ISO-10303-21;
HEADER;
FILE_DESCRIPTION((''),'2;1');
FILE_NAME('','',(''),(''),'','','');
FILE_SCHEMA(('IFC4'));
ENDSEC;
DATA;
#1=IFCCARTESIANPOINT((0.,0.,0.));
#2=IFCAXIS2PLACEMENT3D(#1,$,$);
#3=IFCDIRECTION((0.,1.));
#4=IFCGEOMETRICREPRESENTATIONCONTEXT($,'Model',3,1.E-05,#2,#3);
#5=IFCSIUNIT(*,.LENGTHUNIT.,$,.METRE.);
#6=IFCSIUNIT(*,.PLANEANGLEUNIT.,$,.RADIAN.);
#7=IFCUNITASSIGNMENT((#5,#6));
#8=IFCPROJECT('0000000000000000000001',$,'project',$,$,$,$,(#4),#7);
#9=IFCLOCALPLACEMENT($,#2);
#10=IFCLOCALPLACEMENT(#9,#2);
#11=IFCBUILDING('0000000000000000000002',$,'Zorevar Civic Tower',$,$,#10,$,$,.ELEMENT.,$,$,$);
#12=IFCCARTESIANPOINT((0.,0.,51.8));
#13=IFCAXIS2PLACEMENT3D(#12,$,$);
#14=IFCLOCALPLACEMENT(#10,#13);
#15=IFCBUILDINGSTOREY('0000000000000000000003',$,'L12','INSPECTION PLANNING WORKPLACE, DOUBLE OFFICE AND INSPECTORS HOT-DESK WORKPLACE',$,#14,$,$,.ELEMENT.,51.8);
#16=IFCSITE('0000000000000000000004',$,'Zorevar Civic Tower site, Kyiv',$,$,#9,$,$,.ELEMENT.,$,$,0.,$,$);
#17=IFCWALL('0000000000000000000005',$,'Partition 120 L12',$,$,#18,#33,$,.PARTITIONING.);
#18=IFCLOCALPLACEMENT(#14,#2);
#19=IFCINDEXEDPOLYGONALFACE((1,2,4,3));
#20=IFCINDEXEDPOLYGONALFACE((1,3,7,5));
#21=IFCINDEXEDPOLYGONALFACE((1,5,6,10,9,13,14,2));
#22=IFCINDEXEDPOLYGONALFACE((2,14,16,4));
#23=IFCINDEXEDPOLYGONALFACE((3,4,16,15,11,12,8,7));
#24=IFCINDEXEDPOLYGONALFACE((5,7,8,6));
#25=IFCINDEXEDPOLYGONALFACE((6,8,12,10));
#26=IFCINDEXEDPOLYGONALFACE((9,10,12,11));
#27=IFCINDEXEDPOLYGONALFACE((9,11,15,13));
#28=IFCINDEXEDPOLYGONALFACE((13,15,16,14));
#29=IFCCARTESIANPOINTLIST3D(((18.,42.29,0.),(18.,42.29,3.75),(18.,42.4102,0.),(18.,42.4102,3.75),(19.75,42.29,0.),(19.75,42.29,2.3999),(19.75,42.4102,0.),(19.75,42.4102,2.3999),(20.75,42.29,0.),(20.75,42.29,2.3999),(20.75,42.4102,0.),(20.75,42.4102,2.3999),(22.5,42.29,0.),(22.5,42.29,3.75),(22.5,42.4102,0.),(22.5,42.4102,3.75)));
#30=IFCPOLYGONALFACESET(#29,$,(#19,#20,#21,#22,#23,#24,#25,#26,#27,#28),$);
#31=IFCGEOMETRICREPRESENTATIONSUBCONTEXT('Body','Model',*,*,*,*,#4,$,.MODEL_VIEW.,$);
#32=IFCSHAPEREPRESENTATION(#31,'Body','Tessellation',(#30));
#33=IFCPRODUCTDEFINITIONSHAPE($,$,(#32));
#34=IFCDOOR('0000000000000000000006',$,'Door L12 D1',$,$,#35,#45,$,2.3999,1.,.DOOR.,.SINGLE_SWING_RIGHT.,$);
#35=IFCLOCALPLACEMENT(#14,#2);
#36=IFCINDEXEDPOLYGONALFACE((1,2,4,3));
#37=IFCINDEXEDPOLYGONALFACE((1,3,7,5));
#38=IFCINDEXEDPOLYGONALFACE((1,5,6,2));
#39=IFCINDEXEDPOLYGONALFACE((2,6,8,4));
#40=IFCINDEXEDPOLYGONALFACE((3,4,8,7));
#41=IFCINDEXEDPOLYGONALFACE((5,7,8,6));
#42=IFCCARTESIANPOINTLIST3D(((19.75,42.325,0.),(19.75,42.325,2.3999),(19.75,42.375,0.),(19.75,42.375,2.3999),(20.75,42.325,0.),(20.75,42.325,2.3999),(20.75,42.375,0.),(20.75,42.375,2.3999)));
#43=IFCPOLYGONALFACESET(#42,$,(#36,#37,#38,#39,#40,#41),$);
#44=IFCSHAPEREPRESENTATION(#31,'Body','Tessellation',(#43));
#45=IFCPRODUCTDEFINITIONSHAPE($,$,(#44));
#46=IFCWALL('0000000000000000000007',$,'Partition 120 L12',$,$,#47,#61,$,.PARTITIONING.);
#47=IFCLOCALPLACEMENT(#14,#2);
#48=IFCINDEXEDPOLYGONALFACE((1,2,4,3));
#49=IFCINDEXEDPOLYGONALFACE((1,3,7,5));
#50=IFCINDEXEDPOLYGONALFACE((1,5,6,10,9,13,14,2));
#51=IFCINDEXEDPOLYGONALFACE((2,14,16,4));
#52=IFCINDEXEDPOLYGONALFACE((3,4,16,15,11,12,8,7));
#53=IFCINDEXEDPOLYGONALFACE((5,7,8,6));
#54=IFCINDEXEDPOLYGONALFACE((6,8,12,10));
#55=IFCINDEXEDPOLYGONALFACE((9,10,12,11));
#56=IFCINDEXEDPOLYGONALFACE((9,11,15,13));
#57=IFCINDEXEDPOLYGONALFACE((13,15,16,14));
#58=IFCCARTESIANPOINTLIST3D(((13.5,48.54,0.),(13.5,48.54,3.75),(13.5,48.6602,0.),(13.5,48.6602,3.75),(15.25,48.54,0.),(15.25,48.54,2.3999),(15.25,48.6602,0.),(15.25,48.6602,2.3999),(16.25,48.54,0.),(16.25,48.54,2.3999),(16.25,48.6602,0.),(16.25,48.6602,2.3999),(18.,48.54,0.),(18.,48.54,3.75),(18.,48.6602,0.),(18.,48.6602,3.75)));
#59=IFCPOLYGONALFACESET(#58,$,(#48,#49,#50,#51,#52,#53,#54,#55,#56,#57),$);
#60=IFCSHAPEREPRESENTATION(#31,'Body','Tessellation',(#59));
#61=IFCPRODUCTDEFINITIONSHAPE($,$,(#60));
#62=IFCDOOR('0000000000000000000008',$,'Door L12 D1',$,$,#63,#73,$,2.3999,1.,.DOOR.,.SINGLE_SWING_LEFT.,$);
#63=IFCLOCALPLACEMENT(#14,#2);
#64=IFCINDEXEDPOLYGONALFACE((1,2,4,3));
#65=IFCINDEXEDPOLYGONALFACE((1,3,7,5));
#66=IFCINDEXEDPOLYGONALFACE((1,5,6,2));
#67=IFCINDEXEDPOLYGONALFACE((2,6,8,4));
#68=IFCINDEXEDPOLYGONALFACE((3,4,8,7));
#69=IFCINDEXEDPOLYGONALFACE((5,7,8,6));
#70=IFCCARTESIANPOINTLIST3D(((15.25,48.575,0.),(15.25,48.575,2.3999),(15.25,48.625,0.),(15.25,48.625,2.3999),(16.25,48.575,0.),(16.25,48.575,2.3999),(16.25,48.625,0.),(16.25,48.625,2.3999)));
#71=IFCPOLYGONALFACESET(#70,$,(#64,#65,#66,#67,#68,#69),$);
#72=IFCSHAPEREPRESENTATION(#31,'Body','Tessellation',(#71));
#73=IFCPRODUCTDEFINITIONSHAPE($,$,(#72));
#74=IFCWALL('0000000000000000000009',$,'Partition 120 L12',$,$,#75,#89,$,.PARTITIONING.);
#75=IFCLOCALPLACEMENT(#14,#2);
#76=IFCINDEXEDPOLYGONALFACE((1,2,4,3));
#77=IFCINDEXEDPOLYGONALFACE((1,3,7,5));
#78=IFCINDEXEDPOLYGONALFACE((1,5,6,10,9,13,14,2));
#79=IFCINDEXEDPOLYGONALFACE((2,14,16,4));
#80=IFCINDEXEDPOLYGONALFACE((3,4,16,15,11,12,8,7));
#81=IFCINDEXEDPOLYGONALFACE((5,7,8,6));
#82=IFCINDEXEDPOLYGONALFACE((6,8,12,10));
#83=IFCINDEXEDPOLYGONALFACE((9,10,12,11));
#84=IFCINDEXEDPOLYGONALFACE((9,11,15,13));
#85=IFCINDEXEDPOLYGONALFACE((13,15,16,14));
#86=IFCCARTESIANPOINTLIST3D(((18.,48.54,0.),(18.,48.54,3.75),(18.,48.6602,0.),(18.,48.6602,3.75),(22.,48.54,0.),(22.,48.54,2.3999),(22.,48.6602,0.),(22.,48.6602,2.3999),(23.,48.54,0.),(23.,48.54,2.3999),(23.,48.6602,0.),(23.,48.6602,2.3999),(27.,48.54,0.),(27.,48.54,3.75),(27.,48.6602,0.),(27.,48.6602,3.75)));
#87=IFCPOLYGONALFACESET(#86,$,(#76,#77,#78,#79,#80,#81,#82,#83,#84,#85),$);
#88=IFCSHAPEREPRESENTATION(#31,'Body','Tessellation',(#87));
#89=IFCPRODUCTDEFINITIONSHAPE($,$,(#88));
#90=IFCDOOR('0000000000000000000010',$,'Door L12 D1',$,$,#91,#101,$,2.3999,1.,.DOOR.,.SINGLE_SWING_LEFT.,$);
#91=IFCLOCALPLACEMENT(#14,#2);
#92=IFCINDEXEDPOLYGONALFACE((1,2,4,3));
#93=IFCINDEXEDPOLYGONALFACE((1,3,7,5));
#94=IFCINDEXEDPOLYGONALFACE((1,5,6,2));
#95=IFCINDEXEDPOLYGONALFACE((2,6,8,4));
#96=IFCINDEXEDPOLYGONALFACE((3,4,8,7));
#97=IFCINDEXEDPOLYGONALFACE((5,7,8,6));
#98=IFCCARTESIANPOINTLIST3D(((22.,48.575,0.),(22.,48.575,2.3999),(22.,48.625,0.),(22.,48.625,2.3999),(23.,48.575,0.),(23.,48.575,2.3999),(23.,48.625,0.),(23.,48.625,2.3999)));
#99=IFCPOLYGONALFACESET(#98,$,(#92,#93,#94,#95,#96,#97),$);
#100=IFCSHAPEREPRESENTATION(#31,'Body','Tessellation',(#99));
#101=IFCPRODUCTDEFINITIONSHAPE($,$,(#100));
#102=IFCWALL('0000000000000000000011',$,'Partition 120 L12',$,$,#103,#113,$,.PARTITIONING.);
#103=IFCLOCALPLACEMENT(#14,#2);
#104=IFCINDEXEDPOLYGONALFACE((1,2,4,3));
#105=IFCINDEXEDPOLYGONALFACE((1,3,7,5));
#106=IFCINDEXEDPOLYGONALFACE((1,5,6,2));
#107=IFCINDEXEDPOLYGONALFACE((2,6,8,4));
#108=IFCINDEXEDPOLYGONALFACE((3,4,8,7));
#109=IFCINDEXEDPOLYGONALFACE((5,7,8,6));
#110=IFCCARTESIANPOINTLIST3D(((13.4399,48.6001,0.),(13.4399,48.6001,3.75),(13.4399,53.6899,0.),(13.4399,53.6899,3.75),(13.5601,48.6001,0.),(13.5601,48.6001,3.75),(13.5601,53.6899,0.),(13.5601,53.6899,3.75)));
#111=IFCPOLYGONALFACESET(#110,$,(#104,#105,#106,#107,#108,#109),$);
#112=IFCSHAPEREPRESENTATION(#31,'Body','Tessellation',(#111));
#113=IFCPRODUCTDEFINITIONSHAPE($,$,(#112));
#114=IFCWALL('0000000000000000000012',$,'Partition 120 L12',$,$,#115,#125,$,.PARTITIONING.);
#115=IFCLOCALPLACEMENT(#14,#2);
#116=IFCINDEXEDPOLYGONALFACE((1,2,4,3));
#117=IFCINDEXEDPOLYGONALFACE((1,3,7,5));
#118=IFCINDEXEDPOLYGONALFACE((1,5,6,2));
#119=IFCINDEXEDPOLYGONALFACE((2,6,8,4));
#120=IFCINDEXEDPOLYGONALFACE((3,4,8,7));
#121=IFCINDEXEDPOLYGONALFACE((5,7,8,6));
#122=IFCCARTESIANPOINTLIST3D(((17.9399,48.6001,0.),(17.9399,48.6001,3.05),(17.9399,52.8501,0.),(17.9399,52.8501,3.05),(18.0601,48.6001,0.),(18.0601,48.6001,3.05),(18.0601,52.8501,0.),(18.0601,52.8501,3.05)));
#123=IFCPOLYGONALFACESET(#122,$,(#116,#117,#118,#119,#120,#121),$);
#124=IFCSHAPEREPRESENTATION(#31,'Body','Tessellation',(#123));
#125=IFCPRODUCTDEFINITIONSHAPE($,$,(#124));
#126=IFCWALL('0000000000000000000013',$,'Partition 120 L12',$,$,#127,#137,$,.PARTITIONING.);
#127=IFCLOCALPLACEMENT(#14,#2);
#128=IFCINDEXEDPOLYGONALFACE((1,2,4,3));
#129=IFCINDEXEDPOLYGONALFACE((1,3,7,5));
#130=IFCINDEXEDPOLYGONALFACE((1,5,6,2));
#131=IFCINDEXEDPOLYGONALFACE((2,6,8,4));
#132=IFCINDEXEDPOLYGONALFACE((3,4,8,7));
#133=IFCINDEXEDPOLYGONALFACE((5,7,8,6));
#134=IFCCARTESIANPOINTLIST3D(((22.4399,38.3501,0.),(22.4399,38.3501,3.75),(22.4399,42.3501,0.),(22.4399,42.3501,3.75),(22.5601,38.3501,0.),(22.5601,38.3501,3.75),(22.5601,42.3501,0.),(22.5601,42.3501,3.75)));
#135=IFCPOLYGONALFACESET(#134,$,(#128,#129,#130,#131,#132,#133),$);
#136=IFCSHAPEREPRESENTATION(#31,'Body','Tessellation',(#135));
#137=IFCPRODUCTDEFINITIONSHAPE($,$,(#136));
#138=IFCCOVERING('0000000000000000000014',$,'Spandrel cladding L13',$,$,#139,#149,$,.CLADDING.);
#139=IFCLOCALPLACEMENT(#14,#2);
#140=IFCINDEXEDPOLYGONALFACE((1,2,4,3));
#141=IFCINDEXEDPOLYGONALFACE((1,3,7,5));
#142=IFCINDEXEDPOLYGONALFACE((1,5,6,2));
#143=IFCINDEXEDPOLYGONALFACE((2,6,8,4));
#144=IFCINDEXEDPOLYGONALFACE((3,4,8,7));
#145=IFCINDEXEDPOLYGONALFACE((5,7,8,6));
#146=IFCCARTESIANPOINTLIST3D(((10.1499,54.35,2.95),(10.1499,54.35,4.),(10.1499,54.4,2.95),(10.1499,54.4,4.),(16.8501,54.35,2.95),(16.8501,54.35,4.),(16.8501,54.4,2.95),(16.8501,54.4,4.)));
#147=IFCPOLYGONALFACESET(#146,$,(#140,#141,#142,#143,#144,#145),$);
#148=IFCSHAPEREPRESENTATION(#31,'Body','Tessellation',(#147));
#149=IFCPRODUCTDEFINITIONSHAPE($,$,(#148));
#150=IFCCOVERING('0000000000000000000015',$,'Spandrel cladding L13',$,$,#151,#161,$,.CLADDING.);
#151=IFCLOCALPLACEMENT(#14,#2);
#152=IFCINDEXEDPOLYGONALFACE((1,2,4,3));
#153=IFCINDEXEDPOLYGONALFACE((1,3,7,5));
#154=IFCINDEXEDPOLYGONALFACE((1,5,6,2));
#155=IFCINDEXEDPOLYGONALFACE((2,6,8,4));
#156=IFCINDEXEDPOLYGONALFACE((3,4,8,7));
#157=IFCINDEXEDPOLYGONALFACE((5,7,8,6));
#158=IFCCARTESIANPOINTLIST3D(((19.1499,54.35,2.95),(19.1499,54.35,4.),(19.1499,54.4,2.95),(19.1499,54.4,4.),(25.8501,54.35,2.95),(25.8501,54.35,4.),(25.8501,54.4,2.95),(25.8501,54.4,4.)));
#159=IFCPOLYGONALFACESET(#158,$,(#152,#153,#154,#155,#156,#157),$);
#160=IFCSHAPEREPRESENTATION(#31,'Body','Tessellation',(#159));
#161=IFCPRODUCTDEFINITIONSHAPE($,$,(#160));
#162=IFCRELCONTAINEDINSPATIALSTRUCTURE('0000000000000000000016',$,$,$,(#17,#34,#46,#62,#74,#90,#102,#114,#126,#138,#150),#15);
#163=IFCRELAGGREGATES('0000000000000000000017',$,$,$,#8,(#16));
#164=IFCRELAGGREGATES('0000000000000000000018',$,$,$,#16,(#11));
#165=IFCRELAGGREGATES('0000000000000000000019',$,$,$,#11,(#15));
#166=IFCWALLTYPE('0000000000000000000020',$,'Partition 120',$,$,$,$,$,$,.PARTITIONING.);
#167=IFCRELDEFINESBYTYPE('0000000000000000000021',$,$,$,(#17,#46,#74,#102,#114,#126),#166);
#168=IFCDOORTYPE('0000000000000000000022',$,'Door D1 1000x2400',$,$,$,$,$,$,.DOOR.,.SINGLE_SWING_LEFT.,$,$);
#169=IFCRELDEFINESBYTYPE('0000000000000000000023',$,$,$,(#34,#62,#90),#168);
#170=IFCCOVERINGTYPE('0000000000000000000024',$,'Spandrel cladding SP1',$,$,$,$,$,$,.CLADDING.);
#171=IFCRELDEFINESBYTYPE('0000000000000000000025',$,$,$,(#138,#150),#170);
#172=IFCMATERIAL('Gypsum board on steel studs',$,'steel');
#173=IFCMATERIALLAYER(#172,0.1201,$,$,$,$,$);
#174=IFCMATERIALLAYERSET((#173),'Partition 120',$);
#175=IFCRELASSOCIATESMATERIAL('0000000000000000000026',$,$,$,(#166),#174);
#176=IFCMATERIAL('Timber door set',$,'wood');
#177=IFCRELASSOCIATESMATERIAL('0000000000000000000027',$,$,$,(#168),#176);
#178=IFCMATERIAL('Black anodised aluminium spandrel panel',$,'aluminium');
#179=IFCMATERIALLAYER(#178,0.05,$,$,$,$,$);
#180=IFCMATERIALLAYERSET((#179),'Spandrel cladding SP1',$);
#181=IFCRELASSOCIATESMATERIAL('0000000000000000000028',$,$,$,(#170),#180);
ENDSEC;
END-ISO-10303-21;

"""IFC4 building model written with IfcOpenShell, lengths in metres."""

from ifc_helpers import new_model, si_unit, direction, frame, frame_2d, origin, place, context, subcontext, project, spatial, rectangle, extrude, material, layer, layer_set, type_object, element, fill, save


model = new_model("IFC4")

# Units and contexts
model_context = context("Model", 3, precision=1e-05, world=origin(), true_north=direction((0.0, 1.0)))
body_context = subcontext(model_context, "Body", "Model", "MODEL_VIEW")
ifc_project = project(units=[si_unit("LENGTHUNIT", "METRE"), si_unit("PLANEANGLEUNIT", "RADIAN")], contexts=[model_context])

# Site, building, storey
site_placement = place(None, origin())
site = spatial("IfcSite", under=ifc_project, at=site_placement, Name="Zorevar Civic Tower site, Kyiv", CompositionType="ELEMENT", RefElevation=0.0)
building_placement = place(site_placement, origin())
building = spatial("IfcBuilding", under=site, at=building_placement, Name="Zorevar Civic Tower", CompositionType="ELEMENT")
storey_placement = place(building_placement, frame((0.0, 0.0, 51.8)))
storey = spatial("IfcBuildingStorey", under=building, at=storey_placement, Name="L12", Description="INSPECTION PLANNING WORKPLACE, DOUBLE OFFICE AND INSPECTORS HOT-DESK WORKPLACE", CompositionType="ELEMENT", Elevation=51.8)

# Walls, openings, doors
ifc_material_1 = material(Name="Gypsum board on steel studs", Category="steel")
ifc_layer_1 = layer(ifc_material_1, 0.1201)
ifc_layer_set_1 = layer_set([ifc_layer_1], Name="Partition 120")
wall_type_1 = type_object("IfcWallType", Name="Partition 120", PredefinedType="PARTITIONING", material=ifc_layer_set_1)
wall_1_placement = place(storey_placement, frame((18.0, 42.3501, 0.0), z_axis=(0.0, 0.0, 1.0), x_axis=(1.0, 0.0, 0.0)))
wall_1 = element("IfcWall", 1, at=wall_1_placement, inside=storey, type_object=wall_type_1, Name="Partition 120 L12", PredefinedType="PARTITIONING", context=body_context, shape_type="SweptSolid", body=[
    extrude(rectangle(XDim=4.5, YDim=0.1201, at=frame_2d((2.25, 0.0))), origin(), (0.0, 0.0, 1.0), 3.75),
])
opening_1_placement = place(wall_1_placement, frame((1.75, 0.0, 0.0)))
opening_1 = element("IfcOpeningElement", 2, at=opening_1_placement, cuts=wall_1, PredefinedType="OPENING", context=body_context, shape_type="SweptSolid", body=[
    extrude(rectangle(XDim=1.0, YDim=2.3999, at=frame_2d((0.5, 1.2))), frame((0.0, 0.0701, 0.0), z_axis=(0.0, -1.0, 0.0), x_axis=(1.0, 0.0, 0.0)), (0.0, 0.0, 1.0), 0.1401),
])
ifc_material_2 = material(Name="Timber door set", Category="wood")
door_type = type_object("IfcDoorType", Name="Door D1 1000x2400", OperationType="SINGLE_SWING_LEFT", PredefinedType="DOOR", material=ifc_material_2)
door_1_placement = place(opening_1_placement, origin())
door_1 = element("IfcDoor", 3, at=door_1_placement, inside=storey, type_object=door_type, Name="Door L12 D1", OperationType="SINGLE_SWING_RIGHT", OverallHeight=2.3999, OverallWidth=1.0, PredefinedType="DOOR", context=body_context, shape_type="SweptSolid", body=[
    extrude(rectangle(XDim=1.0, YDim=2.3999, at=frame_2d((0.5, 1.2))), frame((0.0, 0.0249, 0.0), z_axis=(0.0, -1.0, 0.0), x_axis=(1.0, 0.0, 0.0)), (0.0, 0.0, 1.0), 0.05),
])
fill(opening_1, door_1)
wall_2_placement = place(storey_placement, frame((13.5, 48.6001, 0.0), z_axis=(0.0, 0.0, 1.0), x_axis=(1.0, 0.0, 0.0)))
wall_2 = element("IfcWall", 4, at=wall_2_placement, inside=storey, type_object=wall_type_1, Name="Partition 120 L12", PredefinedType="PARTITIONING", context=body_context, shape_type="SweptSolid", body=[
    extrude(rectangle(XDim=4.5, YDim=0.1201, at=frame_2d((2.25, 0.0))), origin(), (0.0, 0.0, 1.0), 3.75),
])
opening_2_placement = place(wall_2_placement, frame((1.75, 0.0, 0.0)))
opening_2 = element("IfcOpeningElement", 5, at=opening_2_placement, cuts=wall_2, PredefinedType="OPENING", context=body_context, shape_type="SweptSolid", body=[
    extrude(rectangle(XDim=1.0, YDim=2.3999, at=frame_2d((0.5, 1.2))), frame((0.0, 0.0701, 0.0), z_axis=(0.0, -1.0, 0.0), x_axis=(1.0, 0.0, 0.0)), (0.0, 0.0, 1.0), 0.1401),
])
door_2_placement = place(opening_2_placement, origin())
door_2 = element("IfcDoor", 6, at=door_2_placement, inside=storey, type_object=door_type, Name="Door L12 D1", OperationType="SINGLE_SWING_LEFT", OverallHeight=2.3999, OverallWidth=1.0, PredefinedType="DOOR", context=body_context, shape_type="SweptSolid", body=[
    extrude(rectangle(XDim=1.0, YDim=2.3999, at=frame_2d((0.5, 1.2))), frame((0.0, 0.0249, 0.0), z_axis=(0.0, -1.0, 0.0), x_axis=(1.0, 0.0, 0.0)), (0.0, 0.0, 1.0), 0.05),
])
fill(opening_2, door_2)
wall_3_placement = place(storey_placement, frame((18.0, 48.6001, 0.0), z_axis=(0.0, 0.0, 1.0), x_axis=(1.0, 0.0, 0.0)))
wall_3 = element("IfcWall", 7, at=wall_3_placement, inside=storey, type_object=wall_type_1, Name="Partition 120 L12", PredefinedType="PARTITIONING", context=body_context, shape_type="SweptSolid", body=[
    extrude(rectangle(XDim=9.0, YDim=0.1201, at=frame_2d((4.5, 0.0))), origin(), (0.0, 0.0, 1.0), 3.75),
])
opening_3_placement = place(wall_3_placement, frame((4.0, 0.0, 0.0)))
opening_3 = element("IfcOpeningElement", 8, at=opening_3_placement, cuts=wall_3, PredefinedType="OPENING", context=body_context, shape_type="SweptSolid", body=[
    extrude(rectangle(XDim=1.0, YDim=2.3999, at=frame_2d((0.5, 1.2))), frame((0.0, 0.0701, 0.0), z_axis=(0.0, -1.0, 0.0), x_axis=(1.0, 0.0, 0.0)), (0.0, 0.0, 1.0), 0.1401),
])
door_3_placement = place(opening_3_placement, origin())
door_3 = element("IfcDoor", 9, at=door_3_placement, inside=storey, type_object=door_type, Name="Door L12 D1", OperationType="SINGLE_SWING_LEFT", OverallHeight=2.3999, OverallWidth=1.0, PredefinedType="DOOR", context=body_context, shape_type="SweptSolid", body=[
    extrude(rectangle(XDim=1.0, YDim=2.3999, at=frame_2d((0.5, 1.2))), frame((0.0, 0.0249, 0.0), z_axis=(0.0, -1.0, 0.0), x_axis=(1.0, 0.0, 0.0)), (0.0, 0.0, 1.0), 0.05),
])
fill(opening_3, door_3)

# Walls
wall_4_placement = place(storey_placement, frame((13.5, 48.6001, 0.0), z_axis=(0.0, 0.0, 1.0), x_axis=(0.0, 1.0, 0.0)))
element("IfcWall", 10, at=wall_4_placement, inside=storey, type_object=wall_type_1, Name="Partition 120 L12", PredefinedType="PARTITIONING", context=body_context, shape_type="SweptSolid", body=[
    extrude(rectangle(XDim=5.0898, YDim=0.1201, at=frame_2d((2.5449, 0.0))), origin(), (0.0, 0.0, 1.0), 3.75),
])
wall_5_placement = place(storey_placement, frame((18.0, 48.6001, 0.0), z_axis=(0.0, 0.0, 1.0), x_axis=(0.0, 1.0, 0.0)))
element("IfcWall", 11, at=wall_5_placement, inside=storey, type_object=wall_type_1, Name="Partition 120 L12", PredefinedType="PARTITIONING", context=body_context, shape_type="SweptSolid", body=[
    extrude(rectangle(XDim=4.25, YDim=0.1201, at=frame_2d((2.125, 0.0))), origin(), (0.0, 0.0, 1.0), 3.05),
])
wall_6_placement = place(storey_placement, frame((22.5, 38.3501, 0.0), z_axis=(0.0, 0.0, 1.0), x_axis=(0.0, 1.0, 0.0)))
element("IfcWall", 12, at=wall_6_placement, inside=storey, type_object=wall_type_1, Name="Partition 120 L12", PredefinedType="PARTITIONING", context=body_context, shape_type="SweptSolid", body=[
    extrude(rectangle(XDim=4.0, YDim=0.1201, at=frame_2d((2.0, 0.0))), origin(), (0.0, 0.0, 1.0), 3.75),
])

# Coverings
ifc_material_3 = material(Name="Black anodised aluminium spandrel panel", Category="aluminium")
ifc_layer_2 = layer(ifc_material_3, 0.05)
ifc_layer_set_2 = layer_set([ifc_layer_2], Name="Spandrel cladding SP1")
covering_type = type_object("IfcCoveringType", Name="Spandrel cladding SP1", PredefinedType="CLADDING", material=ifc_layer_set_2)
for number, where, z_axis, x_axis, name in (
    (13, (10.1499, 54.375, 2.95), (0.0, 0.0, 1.0), (1.0, 0.0, 0.0), "Spandrel cladding L13"),
    (14, (19.1499, 54.375, 2.95), (0.0, 0.0, 1.0), (1.0, 0.0, 0.0), "Spandrel cladding L13"),
):
    element("IfcCovering", number, at=place(storey_placement, frame(where, z_axis=z_axis, x_axis=x_axis)), inside=storey, type_object=covering_type, Name=name, PredefinedType="CLADDING", context=body_context, shape_type="SweptSolid", body=[
        extrude(rectangle(XDim=6.7002, YDim=0.05, at=frame_2d((3.3501, 0.0))), origin(), (0.0, 0.0, 1.0), 1.05),
    ])

save(model, "model.ifc")
